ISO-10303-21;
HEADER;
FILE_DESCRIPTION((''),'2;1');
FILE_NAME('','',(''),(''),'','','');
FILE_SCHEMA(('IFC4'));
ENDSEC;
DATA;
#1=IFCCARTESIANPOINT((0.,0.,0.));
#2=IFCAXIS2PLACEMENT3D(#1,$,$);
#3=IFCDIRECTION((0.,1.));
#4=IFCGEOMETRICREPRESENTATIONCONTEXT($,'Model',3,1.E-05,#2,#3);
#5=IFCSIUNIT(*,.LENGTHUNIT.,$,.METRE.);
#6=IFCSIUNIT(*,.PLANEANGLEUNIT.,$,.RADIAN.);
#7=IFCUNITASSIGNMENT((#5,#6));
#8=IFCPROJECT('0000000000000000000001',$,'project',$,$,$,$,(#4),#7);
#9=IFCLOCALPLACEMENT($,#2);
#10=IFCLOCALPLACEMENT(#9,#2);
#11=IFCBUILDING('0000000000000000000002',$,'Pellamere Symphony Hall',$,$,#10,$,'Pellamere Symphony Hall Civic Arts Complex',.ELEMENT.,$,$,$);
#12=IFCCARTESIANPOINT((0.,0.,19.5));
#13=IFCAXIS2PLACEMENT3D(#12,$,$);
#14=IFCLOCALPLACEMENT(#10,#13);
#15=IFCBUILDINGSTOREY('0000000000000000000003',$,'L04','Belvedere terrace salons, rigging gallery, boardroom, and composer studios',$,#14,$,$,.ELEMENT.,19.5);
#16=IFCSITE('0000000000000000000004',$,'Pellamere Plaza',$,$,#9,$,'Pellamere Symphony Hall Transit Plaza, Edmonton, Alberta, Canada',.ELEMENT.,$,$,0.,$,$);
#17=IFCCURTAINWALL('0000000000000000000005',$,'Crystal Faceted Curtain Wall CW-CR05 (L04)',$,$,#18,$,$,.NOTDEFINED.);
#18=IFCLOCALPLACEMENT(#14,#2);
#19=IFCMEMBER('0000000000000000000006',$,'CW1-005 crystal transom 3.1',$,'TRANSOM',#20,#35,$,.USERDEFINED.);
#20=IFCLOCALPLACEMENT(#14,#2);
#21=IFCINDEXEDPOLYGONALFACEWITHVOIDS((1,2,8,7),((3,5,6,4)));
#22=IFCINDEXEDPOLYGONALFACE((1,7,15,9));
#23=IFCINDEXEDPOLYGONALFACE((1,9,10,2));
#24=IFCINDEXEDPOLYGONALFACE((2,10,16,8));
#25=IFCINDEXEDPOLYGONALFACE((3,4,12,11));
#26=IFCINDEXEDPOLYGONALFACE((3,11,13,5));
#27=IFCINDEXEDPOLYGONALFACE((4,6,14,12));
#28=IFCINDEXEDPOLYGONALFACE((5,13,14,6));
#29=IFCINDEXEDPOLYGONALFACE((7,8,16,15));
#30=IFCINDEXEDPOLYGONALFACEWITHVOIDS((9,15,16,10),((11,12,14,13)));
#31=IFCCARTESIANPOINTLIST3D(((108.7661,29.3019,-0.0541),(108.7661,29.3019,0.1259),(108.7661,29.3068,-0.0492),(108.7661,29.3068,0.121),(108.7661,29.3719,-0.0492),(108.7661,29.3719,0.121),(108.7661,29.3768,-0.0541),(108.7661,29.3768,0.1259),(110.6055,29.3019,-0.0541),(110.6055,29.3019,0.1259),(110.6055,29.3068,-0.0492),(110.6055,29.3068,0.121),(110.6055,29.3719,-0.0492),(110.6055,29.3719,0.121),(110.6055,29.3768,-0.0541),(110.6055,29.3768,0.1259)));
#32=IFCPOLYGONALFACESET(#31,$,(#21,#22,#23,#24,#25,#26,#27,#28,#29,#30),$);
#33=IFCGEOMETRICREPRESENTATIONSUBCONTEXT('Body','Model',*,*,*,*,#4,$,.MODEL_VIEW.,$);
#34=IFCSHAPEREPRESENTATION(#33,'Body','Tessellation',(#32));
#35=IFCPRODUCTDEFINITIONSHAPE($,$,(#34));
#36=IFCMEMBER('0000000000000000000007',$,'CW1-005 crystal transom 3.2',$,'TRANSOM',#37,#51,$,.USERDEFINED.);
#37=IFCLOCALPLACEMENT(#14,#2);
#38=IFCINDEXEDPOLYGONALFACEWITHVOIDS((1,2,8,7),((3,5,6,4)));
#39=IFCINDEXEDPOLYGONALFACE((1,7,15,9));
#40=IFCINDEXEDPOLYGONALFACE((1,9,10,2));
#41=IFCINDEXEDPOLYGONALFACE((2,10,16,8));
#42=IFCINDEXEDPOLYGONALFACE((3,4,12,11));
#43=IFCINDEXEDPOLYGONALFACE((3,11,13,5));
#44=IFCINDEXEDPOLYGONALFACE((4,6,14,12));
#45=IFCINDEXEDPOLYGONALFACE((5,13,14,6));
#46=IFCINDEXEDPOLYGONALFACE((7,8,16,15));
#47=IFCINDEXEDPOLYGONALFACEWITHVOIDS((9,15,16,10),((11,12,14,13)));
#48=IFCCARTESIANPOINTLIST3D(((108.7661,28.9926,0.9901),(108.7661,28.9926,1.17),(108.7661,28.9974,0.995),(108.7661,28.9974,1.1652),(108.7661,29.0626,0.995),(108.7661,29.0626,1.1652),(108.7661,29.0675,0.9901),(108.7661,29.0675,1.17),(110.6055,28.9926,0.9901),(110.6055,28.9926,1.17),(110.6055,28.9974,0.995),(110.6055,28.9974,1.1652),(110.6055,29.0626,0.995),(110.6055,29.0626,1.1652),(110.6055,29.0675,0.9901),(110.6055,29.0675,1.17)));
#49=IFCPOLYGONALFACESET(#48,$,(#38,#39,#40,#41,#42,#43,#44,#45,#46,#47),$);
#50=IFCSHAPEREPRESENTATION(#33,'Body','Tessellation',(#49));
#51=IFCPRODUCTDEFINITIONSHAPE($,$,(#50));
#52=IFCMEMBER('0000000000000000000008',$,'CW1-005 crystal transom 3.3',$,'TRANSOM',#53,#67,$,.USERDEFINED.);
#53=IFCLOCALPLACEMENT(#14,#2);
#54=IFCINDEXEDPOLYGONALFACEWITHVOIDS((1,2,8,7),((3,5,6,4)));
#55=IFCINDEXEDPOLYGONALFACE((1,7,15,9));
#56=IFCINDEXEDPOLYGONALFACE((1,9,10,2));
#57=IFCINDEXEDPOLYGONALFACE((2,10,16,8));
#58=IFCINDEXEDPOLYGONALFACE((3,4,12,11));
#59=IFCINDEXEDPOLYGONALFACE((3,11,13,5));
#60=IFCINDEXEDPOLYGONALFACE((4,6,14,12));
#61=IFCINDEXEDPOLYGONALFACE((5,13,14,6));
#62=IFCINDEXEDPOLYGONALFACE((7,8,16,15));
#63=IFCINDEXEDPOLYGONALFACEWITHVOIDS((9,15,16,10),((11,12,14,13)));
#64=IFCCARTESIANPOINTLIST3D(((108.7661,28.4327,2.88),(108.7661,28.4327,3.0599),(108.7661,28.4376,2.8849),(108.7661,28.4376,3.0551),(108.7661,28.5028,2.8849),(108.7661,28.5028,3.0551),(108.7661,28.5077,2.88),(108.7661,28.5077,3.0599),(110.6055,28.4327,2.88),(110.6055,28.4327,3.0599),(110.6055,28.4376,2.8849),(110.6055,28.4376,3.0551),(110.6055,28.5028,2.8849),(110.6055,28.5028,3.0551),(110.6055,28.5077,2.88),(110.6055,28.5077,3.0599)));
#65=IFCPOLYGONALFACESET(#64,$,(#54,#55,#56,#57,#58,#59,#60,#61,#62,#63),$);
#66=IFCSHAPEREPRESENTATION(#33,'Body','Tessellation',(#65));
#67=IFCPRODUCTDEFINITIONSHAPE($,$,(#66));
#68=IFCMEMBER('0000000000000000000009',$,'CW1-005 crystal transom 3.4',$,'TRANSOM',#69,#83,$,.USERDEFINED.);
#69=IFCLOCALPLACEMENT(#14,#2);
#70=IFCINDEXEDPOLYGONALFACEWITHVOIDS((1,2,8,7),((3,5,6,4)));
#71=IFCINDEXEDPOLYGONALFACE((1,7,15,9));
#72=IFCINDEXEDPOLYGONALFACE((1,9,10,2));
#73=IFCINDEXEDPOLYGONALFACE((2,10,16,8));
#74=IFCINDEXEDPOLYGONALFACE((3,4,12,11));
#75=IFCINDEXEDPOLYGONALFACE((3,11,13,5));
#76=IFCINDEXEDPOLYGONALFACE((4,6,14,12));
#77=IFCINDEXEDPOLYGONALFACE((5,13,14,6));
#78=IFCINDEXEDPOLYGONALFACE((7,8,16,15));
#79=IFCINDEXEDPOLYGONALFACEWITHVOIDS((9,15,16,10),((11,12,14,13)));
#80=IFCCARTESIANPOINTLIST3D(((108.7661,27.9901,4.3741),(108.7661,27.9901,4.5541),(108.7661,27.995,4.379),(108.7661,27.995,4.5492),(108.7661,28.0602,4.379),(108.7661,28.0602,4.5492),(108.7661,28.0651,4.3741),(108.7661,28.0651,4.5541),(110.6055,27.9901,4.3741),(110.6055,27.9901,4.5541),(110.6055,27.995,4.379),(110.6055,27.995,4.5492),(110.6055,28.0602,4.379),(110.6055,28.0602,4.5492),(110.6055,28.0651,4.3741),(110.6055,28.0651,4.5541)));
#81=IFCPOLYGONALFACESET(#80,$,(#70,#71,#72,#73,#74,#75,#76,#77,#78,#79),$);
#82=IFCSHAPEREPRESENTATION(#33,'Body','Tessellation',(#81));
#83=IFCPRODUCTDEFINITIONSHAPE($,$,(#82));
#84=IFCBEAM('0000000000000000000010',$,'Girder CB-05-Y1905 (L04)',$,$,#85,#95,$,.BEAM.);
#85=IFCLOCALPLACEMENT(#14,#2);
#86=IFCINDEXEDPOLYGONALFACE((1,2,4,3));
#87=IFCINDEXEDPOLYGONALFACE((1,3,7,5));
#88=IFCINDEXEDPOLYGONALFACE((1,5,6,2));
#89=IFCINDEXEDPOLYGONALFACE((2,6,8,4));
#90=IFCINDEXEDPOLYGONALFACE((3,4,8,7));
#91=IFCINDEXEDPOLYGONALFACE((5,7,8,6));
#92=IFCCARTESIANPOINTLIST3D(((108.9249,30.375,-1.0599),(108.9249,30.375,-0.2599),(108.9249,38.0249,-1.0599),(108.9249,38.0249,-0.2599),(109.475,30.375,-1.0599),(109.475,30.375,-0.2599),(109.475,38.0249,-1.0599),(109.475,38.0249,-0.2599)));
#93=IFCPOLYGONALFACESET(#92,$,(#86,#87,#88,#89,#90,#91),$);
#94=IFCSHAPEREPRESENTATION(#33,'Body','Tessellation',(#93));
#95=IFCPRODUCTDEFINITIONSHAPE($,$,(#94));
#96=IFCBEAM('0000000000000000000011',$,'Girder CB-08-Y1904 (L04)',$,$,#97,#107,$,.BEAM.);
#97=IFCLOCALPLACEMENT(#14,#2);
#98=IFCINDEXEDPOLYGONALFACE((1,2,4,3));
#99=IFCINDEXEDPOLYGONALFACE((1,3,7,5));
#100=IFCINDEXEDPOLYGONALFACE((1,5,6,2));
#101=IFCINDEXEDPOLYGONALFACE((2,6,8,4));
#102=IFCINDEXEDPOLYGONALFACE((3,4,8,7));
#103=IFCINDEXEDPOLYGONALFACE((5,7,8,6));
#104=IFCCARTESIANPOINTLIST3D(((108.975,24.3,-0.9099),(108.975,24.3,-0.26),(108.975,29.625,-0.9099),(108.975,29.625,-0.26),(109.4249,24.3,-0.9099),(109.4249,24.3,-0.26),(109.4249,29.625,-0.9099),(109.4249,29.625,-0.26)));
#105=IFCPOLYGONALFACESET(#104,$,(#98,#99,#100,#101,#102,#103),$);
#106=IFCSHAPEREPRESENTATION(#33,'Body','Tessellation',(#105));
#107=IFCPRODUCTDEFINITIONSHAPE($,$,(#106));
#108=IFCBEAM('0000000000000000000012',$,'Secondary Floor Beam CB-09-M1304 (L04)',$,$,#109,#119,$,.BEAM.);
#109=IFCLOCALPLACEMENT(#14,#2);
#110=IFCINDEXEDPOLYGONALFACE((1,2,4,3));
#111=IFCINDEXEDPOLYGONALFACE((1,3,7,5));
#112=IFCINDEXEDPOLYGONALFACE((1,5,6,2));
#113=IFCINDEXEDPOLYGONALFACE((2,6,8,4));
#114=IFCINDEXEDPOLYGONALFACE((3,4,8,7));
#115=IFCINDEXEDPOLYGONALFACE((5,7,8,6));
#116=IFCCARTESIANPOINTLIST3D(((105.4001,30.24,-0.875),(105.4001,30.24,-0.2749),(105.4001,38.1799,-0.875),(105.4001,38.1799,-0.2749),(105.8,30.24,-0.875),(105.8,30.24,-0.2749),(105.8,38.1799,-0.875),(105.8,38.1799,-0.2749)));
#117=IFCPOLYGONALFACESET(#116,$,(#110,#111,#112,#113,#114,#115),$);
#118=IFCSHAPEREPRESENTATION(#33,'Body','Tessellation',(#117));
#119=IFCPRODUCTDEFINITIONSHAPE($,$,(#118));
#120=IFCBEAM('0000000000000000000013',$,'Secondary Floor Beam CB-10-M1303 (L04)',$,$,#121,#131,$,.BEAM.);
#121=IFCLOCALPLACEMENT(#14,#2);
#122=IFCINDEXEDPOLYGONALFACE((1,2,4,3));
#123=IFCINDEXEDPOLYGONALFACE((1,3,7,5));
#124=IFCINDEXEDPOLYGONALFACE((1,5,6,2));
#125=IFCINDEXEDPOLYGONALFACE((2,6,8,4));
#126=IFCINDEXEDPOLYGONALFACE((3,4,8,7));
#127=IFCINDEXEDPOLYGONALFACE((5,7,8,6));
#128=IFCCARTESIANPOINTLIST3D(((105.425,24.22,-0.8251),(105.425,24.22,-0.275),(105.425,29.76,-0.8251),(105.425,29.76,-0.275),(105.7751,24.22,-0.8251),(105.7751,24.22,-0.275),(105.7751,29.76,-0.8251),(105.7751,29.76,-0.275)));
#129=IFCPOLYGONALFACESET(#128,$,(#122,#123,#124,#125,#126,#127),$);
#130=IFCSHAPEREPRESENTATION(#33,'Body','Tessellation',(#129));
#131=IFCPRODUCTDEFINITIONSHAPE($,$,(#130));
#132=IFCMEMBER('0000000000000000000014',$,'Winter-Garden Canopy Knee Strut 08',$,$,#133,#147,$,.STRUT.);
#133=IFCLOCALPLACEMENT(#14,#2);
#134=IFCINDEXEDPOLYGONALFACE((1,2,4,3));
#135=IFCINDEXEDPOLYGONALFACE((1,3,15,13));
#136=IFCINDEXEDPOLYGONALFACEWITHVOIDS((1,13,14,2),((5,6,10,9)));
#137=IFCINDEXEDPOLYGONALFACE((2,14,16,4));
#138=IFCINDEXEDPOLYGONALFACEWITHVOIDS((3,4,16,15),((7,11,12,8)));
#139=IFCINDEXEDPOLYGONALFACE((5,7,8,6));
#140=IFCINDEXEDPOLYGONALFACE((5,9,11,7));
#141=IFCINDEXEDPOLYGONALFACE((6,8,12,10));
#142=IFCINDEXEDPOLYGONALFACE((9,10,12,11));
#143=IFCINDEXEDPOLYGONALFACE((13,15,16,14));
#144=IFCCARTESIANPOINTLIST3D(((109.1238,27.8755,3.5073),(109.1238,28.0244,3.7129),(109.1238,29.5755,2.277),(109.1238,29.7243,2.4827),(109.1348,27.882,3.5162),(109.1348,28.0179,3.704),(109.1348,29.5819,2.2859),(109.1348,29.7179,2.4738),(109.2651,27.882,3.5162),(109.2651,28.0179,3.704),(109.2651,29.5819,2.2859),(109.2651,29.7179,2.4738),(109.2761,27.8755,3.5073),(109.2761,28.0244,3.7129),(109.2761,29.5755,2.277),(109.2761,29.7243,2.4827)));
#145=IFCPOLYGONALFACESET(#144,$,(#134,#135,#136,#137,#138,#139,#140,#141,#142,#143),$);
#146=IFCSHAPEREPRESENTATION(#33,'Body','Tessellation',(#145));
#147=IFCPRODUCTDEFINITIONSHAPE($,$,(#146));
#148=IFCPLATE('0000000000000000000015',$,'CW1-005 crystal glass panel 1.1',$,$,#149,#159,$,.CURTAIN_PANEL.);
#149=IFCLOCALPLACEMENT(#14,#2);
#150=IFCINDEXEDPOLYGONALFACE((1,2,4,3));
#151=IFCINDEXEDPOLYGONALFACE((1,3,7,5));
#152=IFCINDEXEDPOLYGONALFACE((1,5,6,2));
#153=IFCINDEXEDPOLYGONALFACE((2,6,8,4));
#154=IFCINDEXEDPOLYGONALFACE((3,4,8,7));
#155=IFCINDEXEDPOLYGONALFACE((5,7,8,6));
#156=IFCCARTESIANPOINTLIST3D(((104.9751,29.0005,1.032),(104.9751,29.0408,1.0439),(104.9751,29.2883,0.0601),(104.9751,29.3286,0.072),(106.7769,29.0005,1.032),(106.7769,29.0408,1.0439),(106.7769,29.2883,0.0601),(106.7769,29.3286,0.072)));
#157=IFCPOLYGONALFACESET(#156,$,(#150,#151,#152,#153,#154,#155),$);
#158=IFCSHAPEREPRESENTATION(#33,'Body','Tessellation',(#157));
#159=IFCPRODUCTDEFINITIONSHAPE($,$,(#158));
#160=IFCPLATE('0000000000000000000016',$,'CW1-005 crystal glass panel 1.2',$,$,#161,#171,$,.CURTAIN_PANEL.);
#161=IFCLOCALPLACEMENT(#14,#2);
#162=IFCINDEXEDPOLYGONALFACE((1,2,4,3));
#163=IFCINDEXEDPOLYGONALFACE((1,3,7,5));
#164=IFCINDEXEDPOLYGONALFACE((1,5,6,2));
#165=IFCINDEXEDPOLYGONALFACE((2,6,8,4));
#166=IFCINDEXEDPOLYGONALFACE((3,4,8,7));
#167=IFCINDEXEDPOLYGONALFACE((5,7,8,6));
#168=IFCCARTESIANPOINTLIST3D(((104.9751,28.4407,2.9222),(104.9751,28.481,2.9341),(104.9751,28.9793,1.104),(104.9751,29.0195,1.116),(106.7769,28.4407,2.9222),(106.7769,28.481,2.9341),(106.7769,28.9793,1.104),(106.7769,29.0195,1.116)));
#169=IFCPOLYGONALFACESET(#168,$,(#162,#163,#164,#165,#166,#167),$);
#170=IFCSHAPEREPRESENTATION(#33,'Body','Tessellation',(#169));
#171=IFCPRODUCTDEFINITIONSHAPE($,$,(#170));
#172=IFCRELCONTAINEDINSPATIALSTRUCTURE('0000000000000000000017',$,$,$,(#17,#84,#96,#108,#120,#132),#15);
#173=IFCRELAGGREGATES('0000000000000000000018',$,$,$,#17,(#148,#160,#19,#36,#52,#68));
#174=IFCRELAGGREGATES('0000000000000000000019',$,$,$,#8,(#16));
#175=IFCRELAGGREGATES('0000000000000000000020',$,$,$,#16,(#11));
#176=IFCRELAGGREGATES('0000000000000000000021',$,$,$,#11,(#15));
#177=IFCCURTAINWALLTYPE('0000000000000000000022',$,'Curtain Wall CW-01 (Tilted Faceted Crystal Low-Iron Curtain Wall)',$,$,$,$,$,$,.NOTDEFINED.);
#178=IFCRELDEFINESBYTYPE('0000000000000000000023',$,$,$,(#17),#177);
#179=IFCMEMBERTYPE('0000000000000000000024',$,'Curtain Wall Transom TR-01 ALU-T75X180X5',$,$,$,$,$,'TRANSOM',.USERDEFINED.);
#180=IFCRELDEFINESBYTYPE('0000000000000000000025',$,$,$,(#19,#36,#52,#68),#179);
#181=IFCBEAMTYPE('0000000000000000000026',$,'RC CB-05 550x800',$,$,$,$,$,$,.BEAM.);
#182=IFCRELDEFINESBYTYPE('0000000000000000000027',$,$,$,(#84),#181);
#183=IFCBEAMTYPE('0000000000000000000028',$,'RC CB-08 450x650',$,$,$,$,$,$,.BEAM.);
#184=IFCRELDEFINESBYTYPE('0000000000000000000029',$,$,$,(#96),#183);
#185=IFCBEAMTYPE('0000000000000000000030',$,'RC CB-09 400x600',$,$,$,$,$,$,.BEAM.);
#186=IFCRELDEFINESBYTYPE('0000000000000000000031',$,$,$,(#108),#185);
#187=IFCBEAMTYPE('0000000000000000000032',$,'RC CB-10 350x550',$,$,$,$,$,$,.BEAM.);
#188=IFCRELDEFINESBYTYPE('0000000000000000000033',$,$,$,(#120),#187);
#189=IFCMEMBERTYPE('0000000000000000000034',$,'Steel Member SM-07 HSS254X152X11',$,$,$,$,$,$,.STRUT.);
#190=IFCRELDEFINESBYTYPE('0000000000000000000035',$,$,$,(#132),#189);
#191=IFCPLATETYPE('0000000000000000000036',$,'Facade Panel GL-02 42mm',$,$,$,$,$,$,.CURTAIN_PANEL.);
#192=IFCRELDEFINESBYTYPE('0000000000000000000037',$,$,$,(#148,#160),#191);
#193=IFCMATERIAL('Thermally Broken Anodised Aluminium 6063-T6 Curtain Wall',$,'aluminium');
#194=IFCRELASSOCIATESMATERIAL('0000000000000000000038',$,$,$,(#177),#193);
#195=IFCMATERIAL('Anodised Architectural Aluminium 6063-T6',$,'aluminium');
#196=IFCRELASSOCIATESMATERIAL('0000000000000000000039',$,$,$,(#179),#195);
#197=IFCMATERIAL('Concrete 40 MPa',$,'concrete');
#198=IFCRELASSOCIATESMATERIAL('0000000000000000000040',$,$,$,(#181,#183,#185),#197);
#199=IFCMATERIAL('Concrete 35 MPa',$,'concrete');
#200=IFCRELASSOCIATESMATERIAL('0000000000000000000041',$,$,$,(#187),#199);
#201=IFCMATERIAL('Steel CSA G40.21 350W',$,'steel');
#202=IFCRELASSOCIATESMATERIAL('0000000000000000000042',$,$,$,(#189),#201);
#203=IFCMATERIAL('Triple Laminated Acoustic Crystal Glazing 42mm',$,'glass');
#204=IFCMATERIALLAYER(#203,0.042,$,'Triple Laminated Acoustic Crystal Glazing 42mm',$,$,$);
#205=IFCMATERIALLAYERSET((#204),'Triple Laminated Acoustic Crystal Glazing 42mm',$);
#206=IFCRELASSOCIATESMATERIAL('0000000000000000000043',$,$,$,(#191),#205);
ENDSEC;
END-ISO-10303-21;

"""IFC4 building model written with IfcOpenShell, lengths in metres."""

from ifc_helpers import new_model, si_unit, direction, frame, origin, origin_2d, place, context, subcontext, project, spatial, polyline, rectangle, hollow_rectangle, outline, extrude, material, layer, layer_set, material_profile, profile_set, type_object, element, aggregate, save


model = new_model("IFC4")

# Units and contexts
model_context = context("Model", 3, precision=1e-05, world=origin(), true_north=direction((0.0, 1.0)))
body_context = subcontext(model_context, "Body", "Model", "MODEL_VIEW")
ifc_project = project(units=[si_unit("LENGTHUNIT", "METRE"), si_unit("PLANEANGLEUNIT", "RADIAN")], contexts=[model_context])

# Site, building, storey
site_placement = place(None, origin())
site = spatial("IfcSite", under=ifc_project, at=site_placement, Name="Pellamere Plaza", LongName="Pellamere Symphony Hall Transit Plaza, Edmonton, Alberta, Canada", CompositionType="ELEMENT", RefElevation=0.0)
building_placement = place(site_placement, origin())
building = spatial("IfcBuilding", under=site, at=building_placement, Name="Pellamere Symphony Hall", LongName="Pellamere Symphony Hall Civic Arts Complex", CompositionType="ELEMENT")
storey_placement = place(building_placement, frame((0.0, 0.0, 19.5)))
storey = spatial("IfcBuildingStorey", under=building, at=storey_placement, Name="L04", Description="Belvedere terrace salons, rigging gallery, boardroom, and composer studios", CompositionType="ELEMENT", Elevation=19.5)

# Shared definitions
ifc_material_1 = material(Name="Concrete 40 MPa", Category="concrete")

# Curtain wall, members
ifc_material_2 = material(Name="Thermally Broken Anodised Aluminium 6063-T6 Curtain Wall", Category="aluminium")
curtain_wall_type = type_object("IfcCurtainWallType", Name="Curtain Wall CW-01 (Tilted Faceted Crystal Low-Iron Curtain Wall)", PredefinedType="NOTDEFINED", material=ifc_material_2)
curtain_wall_placement = place(storey_placement, origin())
curtain_wall = element("IfcCurtainWall", 1, at=curtain_wall_placement, inside=storey, type_object=curtain_wall_type, Name="Crystal Faceted Curtain Wall CW-CR05 (L04)", PredefinedType="NOTDEFINED")
ifc_material_3 = material(Name="Anodised Architectural Aluminium 6063-T6", Category="aluminium")
ifc_material_profile_1 = material_profile(ifc_material_3, hollow_rectangle(XDim=0.075, YDim=0.1799, WallThickness=0.0049, at=origin_2d()), Name="ALU-T75X180X5")
ifc_profile_set_1 = profile_set([ifc_material_profile_1], Name="Anodised Architectural Aluminium 6063-T6")
member_type_1 = type_object("IfcMemberType", Name="Curtain Wall Transom TR-01 ALU-T75X180X5", ElementType="TRANSOM", PredefinedType="USERDEFINED", material=ifc_profile_set_1)
member_1_placement = place(storey_placement, frame((108.7661, 29.3394, 0.0359), z_axis=(1.0, 0.0, 0.0), x_axis=(0.0, 1.0, 0.0)))
member_1 = element("IfcMember", 2, at=member_1_placement, type_object=member_type_1, Name="CW1-005 crystal transom 3.1", ObjectType="TRANSOM", PredefinedType="USERDEFINED", context=body_context, shape_type="SweptSolid", body=[
    extrude(hollow_rectangle(XDim=0.075, YDim=0.1799, WallThickness=0.0049, at=origin_2d()), origin(), (0.0, 0.0, 1.0), 1.8394),
])
member_2_placement = place(storey_placement, frame((108.7661, 29.03, 1.0801), z_axis=(1.0, 0.0, 0.0), x_axis=(0.0, 1.0, 0.0)))
member_2 = element("IfcMember", 3, at=member_2_placement, type_object=member_type_1, Name="CW1-005 crystal transom 3.2", ObjectType="TRANSOM", PredefinedType="USERDEFINED", context=body_context, shape_type="SweptSolid", body=[
    extrude(hollow_rectangle(XDim=0.075, YDim=0.1799, WallThickness=0.0049, at=origin_2d()), origin(), (0.0, 0.0, 1.0), 1.8394),
])
member_3_placement = place(storey_placement, frame((108.7661, 28.4702, 2.97), z_axis=(1.0, 0.0, 0.0), x_axis=(0.0, 1.0, 0.0)))
member_3 = element("IfcMember", 4, at=member_3_placement, type_object=member_type_1, Name="CW1-005 crystal transom 3.3", ObjectType="TRANSOM", PredefinedType="USERDEFINED", context=body_context, shape_type="SweptSolid", body=[
    extrude(hollow_rectangle(XDim=0.075, YDim=0.1799, WallThickness=0.0049, at=origin_2d()), origin(), (0.0, 0.0, 1.0), 1.8394),
])
member_4_placement = place(storey_placement, frame((108.7661, 28.0276, 4.4641), z_axis=(1.0, 0.0, 0.0), x_axis=(0.0, 1.0, 0.0)))
member_4 = element("IfcMember", 5, at=member_4_placement, type_object=member_type_1, Name="CW1-005 crystal transom 3.4", ObjectType="TRANSOM", PredefinedType="USERDEFINED", context=body_context, shape_type="SweptSolid", body=[
    extrude(hollow_rectangle(XDim=0.075, YDim=0.1799, WallThickness=0.0049, at=origin_2d()), origin(), (0.0, 0.0, 1.0), 1.8394),
])

# Beams
ifc_material_profile_2 = material_profile(ifc_material_1, rectangle(XDim=0.55, YDim=0.8, at=origin_2d()), Name="RC 550x800")
ifc_profile_set_2 = profile_set([ifc_material_profile_2], Name="Concrete 40 MPa")
beam_type_1 = type_object("IfcBeamType", Name="RC CB-05 550x800", PredefinedType="BEAM", material=ifc_profile_set_2)
beam_1_placement = place(storey_placement, frame((109.2, 30.375, -0.6599), z_axis=(0.0, 1.0, 0.0), x_axis=(-1.0, 0.0, 0.0)))
element("IfcBeam", 6, at=beam_1_placement, inside=storey, type_object=beam_type_1, Name="Girder CB-05-Y1905 (L04)", PredefinedType="BEAM", context=body_context, shape_type="SweptSolid", body=[
    extrude(rectangle(XDim=0.55, YDim=0.8, at=origin_2d()), origin(), (0.0, 0.0, 1.0), 7.6499),
])
ifc_material_profile_3 = material_profile(ifc_material_1, rectangle(XDim=0.45, YDim=0.6499, at=origin_2d()), Name="RC 450x650")
ifc_profile_set_3 = profile_set([ifc_material_profile_3], Name="Concrete 40 MPa")
beam_type_2 = type_object("IfcBeamType", Name="RC CB-08 450x650", PredefinedType="BEAM", material=ifc_profile_set_3)
beam_2_placement = place(storey_placement, frame((109.2, 24.3, -0.585), z_axis=(0.0, 1.0, 0.0), x_axis=(-1.0, 0.0, 0.0)))
element("IfcBeam", 7, at=beam_2_placement, inside=storey, type_object=beam_type_2, Name="Girder CB-08-Y1904 (L04)", PredefinedType="BEAM", context=body_context, shape_type="SweptSolid", body=[
    extrude(rectangle(XDim=0.45, YDim=0.6499, at=origin_2d()), origin(), (0.0, 0.0, 1.0), 5.325),
])
ifc_material_profile_4 = material_profile(ifc_material_1, rectangle(XDim=0.3999, YDim=0.6001, at=origin_2d()), Name="RC 400x600")
ifc_profile_set_4 = profile_set([ifc_material_profile_4], Name="Concrete 40 MPa")
beam_type_3 = type_object("IfcBeamType", Name="RC CB-09 400x600", PredefinedType="BEAM", material=ifc_profile_set_4)
beam_3_placement = place(storey_placement, frame((105.6001, 30.24, -0.575), z_axis=(0.0, 1.0, 0.0), x_axis=(-1.0, 0.0, 0.0)))
element("IfcBeam", 8, at=beam_3_placement, inside=storey, type_object=beam_type_3, Name="Secondary Floor Beam CB-09-M1304 (L04)", PredefinedType="BEAM", context=body_context, shape_type="SweptSolid", body=[
    extrude(rectangle(XDim=0.3999, YDim=0.6001, at=origin_2d()), origin(), (0.0, 0.0, 1.0), 7.9399),
])
ifc_material_4 = material(Name="Concrete 35 MPa", Category="concrete")
ifc_material_profile_5 = material_profile(ifc_material_4, rectangle(XDim=0.3501, YDim=0.55, at=origin_2d()), Name="RC 350x550")
ifc_profile_set_5 = profile_set([ifc_material_profile_5], Name="Concrete 35 MPa")
beam_type_4 = type_object("IfcBeamType", Name="RC CB-10 350x550", PredefinedType="BEAM", material=ifc_profile_set_5)
beam_4_placement = place(storey_placement, frame((105.6001, 24.22, -0.55), z_axis=(0.0, 1.0, 0.0), x_axis=(-1.0, 0.0, 0.0)))
element("IfcBeam", 9, at=beam_4_placement, inside=storey, type_object=beam_type_4, Name="Secondary Floor Beam CB-10-M1303 (L04)", PredefinedType="BEAM", context=body_context, shape_type="SweptSolid", body=[
    extrude(rectangle(XDim=0.3501, YDim=0.55, at=origin_2d()), origin(), (0.0, 0.0, 1.0), 5.54),
])

# Member
ifc_material_5 = material(Name="Steel CSA G40.21 350W", Category="steel")
ifc_material_profile_6 = material_profile(ifc_material_5, hollow_rectangle(XDim=0.1523, YDim=0.2539, WallThickness=0.011, at=origin_2d()), Name="HSS254X152X11")
ifc_profile_set_6 = profile_set([ifc_material_profile_6], Name="Steel CSA G40.21 350W")
member_type_2 = type_object("IfcMemberType", Name="Steel Member SM-07 HSS254X152X11", PredefinedType="STRUT", material=ifc_profile_set_6)
member_5_placement = place(storey_placement, frame((109.2, 29.6499, 2.3799), z_axis=(0.0, -0.810117, 0.586268), x_axis=(1.0, 0.0, 0.0)))
element("IfcMember", 10, at=member_5_placement, inside=storey, type_object=member_type_2, Name="Winter-Garden Canopy Knee Strut 08", PredefinedType="STRUT", context=body_context, shape_type="SweptSolid", body=[
    extrude(hollow_rectangle(XDim=0.1523, YDim=0.2539, WallThickness=0.011, at=origin_2d()), origin(), (0.0, 0.0, 1.0), 2.0984),
])

# Plates
ifc_material_6 = material(Name="Triple Laminated Acoustic Crystal Glazing 42mm", Category="glass")
ifc_layer_1 = layer(ifc_material_6, 0.042, Name="Triple Laminated Acoustic Crystal Glazing 42mm")
ifc_layer_set_1 = layer_set([ifc_layer_1], Name="Triple Laminated Acoustic Crystal Glazing 42mm")
plate_type_1 = type_object("IfcPlateType", Name="Facade Panel GL-02 42mm", PredefinedType="CURTAIN_PANEL", material=ifc_layer_set_1)
plate_1_placement = place(storey_placement, frame((104.9751, 29.3286, 0.072), z_axis=(0.0, 0.958835, 0.283965), x_axis=(1.0, 0.0, 0.0)))
plate_1 = element("IfcPlate", 11, at=plate_1_placement, type_object=plate_type_1, Name="CW1-005 crystal glass panel 1.1", PredefinedType="CURTAIN_PANEL", context=body_context, shape_type="SweptSolid", body=[
    extrude(outline(polyline([(0.0, 0.0), (1.8018, 0.0), (1.8018, -1.0137), (0.0, -1.0137), (0.0, 0.0)])), origin(), (0.0, 0.0, -1.0), 0.042),
])
plate_2_placement = place(storey_placement, frame((104.9751, 29.0195, 1.116), z_axis=(0.0, 0.958816, 0.284027), x_axis=(1.0, 0.0, 0.0)))
plate_2 = element("IfcPlate", 12, at=plate_2_placement, type_object=plate_type_1, Name="CW1-005 crystal glass panel 1.2", PredefinedType="CURTAIN_PANEL", context=body_context, shape_type="SweptSolid", body=[
    extrude(outline(polyline([(0.0, 0.0), (1.8018, 0.0), (1.8018, -1.8962), (0.0, -1.8962), (0.0, 0.0)])), origin(), (0.0, 0.0, -1.0), 0.042),
])
aggregate(curtain_wall, [plate_1, plate_2, member_1, member_2, member_3, member_4])

save(model, "model.ifc")
